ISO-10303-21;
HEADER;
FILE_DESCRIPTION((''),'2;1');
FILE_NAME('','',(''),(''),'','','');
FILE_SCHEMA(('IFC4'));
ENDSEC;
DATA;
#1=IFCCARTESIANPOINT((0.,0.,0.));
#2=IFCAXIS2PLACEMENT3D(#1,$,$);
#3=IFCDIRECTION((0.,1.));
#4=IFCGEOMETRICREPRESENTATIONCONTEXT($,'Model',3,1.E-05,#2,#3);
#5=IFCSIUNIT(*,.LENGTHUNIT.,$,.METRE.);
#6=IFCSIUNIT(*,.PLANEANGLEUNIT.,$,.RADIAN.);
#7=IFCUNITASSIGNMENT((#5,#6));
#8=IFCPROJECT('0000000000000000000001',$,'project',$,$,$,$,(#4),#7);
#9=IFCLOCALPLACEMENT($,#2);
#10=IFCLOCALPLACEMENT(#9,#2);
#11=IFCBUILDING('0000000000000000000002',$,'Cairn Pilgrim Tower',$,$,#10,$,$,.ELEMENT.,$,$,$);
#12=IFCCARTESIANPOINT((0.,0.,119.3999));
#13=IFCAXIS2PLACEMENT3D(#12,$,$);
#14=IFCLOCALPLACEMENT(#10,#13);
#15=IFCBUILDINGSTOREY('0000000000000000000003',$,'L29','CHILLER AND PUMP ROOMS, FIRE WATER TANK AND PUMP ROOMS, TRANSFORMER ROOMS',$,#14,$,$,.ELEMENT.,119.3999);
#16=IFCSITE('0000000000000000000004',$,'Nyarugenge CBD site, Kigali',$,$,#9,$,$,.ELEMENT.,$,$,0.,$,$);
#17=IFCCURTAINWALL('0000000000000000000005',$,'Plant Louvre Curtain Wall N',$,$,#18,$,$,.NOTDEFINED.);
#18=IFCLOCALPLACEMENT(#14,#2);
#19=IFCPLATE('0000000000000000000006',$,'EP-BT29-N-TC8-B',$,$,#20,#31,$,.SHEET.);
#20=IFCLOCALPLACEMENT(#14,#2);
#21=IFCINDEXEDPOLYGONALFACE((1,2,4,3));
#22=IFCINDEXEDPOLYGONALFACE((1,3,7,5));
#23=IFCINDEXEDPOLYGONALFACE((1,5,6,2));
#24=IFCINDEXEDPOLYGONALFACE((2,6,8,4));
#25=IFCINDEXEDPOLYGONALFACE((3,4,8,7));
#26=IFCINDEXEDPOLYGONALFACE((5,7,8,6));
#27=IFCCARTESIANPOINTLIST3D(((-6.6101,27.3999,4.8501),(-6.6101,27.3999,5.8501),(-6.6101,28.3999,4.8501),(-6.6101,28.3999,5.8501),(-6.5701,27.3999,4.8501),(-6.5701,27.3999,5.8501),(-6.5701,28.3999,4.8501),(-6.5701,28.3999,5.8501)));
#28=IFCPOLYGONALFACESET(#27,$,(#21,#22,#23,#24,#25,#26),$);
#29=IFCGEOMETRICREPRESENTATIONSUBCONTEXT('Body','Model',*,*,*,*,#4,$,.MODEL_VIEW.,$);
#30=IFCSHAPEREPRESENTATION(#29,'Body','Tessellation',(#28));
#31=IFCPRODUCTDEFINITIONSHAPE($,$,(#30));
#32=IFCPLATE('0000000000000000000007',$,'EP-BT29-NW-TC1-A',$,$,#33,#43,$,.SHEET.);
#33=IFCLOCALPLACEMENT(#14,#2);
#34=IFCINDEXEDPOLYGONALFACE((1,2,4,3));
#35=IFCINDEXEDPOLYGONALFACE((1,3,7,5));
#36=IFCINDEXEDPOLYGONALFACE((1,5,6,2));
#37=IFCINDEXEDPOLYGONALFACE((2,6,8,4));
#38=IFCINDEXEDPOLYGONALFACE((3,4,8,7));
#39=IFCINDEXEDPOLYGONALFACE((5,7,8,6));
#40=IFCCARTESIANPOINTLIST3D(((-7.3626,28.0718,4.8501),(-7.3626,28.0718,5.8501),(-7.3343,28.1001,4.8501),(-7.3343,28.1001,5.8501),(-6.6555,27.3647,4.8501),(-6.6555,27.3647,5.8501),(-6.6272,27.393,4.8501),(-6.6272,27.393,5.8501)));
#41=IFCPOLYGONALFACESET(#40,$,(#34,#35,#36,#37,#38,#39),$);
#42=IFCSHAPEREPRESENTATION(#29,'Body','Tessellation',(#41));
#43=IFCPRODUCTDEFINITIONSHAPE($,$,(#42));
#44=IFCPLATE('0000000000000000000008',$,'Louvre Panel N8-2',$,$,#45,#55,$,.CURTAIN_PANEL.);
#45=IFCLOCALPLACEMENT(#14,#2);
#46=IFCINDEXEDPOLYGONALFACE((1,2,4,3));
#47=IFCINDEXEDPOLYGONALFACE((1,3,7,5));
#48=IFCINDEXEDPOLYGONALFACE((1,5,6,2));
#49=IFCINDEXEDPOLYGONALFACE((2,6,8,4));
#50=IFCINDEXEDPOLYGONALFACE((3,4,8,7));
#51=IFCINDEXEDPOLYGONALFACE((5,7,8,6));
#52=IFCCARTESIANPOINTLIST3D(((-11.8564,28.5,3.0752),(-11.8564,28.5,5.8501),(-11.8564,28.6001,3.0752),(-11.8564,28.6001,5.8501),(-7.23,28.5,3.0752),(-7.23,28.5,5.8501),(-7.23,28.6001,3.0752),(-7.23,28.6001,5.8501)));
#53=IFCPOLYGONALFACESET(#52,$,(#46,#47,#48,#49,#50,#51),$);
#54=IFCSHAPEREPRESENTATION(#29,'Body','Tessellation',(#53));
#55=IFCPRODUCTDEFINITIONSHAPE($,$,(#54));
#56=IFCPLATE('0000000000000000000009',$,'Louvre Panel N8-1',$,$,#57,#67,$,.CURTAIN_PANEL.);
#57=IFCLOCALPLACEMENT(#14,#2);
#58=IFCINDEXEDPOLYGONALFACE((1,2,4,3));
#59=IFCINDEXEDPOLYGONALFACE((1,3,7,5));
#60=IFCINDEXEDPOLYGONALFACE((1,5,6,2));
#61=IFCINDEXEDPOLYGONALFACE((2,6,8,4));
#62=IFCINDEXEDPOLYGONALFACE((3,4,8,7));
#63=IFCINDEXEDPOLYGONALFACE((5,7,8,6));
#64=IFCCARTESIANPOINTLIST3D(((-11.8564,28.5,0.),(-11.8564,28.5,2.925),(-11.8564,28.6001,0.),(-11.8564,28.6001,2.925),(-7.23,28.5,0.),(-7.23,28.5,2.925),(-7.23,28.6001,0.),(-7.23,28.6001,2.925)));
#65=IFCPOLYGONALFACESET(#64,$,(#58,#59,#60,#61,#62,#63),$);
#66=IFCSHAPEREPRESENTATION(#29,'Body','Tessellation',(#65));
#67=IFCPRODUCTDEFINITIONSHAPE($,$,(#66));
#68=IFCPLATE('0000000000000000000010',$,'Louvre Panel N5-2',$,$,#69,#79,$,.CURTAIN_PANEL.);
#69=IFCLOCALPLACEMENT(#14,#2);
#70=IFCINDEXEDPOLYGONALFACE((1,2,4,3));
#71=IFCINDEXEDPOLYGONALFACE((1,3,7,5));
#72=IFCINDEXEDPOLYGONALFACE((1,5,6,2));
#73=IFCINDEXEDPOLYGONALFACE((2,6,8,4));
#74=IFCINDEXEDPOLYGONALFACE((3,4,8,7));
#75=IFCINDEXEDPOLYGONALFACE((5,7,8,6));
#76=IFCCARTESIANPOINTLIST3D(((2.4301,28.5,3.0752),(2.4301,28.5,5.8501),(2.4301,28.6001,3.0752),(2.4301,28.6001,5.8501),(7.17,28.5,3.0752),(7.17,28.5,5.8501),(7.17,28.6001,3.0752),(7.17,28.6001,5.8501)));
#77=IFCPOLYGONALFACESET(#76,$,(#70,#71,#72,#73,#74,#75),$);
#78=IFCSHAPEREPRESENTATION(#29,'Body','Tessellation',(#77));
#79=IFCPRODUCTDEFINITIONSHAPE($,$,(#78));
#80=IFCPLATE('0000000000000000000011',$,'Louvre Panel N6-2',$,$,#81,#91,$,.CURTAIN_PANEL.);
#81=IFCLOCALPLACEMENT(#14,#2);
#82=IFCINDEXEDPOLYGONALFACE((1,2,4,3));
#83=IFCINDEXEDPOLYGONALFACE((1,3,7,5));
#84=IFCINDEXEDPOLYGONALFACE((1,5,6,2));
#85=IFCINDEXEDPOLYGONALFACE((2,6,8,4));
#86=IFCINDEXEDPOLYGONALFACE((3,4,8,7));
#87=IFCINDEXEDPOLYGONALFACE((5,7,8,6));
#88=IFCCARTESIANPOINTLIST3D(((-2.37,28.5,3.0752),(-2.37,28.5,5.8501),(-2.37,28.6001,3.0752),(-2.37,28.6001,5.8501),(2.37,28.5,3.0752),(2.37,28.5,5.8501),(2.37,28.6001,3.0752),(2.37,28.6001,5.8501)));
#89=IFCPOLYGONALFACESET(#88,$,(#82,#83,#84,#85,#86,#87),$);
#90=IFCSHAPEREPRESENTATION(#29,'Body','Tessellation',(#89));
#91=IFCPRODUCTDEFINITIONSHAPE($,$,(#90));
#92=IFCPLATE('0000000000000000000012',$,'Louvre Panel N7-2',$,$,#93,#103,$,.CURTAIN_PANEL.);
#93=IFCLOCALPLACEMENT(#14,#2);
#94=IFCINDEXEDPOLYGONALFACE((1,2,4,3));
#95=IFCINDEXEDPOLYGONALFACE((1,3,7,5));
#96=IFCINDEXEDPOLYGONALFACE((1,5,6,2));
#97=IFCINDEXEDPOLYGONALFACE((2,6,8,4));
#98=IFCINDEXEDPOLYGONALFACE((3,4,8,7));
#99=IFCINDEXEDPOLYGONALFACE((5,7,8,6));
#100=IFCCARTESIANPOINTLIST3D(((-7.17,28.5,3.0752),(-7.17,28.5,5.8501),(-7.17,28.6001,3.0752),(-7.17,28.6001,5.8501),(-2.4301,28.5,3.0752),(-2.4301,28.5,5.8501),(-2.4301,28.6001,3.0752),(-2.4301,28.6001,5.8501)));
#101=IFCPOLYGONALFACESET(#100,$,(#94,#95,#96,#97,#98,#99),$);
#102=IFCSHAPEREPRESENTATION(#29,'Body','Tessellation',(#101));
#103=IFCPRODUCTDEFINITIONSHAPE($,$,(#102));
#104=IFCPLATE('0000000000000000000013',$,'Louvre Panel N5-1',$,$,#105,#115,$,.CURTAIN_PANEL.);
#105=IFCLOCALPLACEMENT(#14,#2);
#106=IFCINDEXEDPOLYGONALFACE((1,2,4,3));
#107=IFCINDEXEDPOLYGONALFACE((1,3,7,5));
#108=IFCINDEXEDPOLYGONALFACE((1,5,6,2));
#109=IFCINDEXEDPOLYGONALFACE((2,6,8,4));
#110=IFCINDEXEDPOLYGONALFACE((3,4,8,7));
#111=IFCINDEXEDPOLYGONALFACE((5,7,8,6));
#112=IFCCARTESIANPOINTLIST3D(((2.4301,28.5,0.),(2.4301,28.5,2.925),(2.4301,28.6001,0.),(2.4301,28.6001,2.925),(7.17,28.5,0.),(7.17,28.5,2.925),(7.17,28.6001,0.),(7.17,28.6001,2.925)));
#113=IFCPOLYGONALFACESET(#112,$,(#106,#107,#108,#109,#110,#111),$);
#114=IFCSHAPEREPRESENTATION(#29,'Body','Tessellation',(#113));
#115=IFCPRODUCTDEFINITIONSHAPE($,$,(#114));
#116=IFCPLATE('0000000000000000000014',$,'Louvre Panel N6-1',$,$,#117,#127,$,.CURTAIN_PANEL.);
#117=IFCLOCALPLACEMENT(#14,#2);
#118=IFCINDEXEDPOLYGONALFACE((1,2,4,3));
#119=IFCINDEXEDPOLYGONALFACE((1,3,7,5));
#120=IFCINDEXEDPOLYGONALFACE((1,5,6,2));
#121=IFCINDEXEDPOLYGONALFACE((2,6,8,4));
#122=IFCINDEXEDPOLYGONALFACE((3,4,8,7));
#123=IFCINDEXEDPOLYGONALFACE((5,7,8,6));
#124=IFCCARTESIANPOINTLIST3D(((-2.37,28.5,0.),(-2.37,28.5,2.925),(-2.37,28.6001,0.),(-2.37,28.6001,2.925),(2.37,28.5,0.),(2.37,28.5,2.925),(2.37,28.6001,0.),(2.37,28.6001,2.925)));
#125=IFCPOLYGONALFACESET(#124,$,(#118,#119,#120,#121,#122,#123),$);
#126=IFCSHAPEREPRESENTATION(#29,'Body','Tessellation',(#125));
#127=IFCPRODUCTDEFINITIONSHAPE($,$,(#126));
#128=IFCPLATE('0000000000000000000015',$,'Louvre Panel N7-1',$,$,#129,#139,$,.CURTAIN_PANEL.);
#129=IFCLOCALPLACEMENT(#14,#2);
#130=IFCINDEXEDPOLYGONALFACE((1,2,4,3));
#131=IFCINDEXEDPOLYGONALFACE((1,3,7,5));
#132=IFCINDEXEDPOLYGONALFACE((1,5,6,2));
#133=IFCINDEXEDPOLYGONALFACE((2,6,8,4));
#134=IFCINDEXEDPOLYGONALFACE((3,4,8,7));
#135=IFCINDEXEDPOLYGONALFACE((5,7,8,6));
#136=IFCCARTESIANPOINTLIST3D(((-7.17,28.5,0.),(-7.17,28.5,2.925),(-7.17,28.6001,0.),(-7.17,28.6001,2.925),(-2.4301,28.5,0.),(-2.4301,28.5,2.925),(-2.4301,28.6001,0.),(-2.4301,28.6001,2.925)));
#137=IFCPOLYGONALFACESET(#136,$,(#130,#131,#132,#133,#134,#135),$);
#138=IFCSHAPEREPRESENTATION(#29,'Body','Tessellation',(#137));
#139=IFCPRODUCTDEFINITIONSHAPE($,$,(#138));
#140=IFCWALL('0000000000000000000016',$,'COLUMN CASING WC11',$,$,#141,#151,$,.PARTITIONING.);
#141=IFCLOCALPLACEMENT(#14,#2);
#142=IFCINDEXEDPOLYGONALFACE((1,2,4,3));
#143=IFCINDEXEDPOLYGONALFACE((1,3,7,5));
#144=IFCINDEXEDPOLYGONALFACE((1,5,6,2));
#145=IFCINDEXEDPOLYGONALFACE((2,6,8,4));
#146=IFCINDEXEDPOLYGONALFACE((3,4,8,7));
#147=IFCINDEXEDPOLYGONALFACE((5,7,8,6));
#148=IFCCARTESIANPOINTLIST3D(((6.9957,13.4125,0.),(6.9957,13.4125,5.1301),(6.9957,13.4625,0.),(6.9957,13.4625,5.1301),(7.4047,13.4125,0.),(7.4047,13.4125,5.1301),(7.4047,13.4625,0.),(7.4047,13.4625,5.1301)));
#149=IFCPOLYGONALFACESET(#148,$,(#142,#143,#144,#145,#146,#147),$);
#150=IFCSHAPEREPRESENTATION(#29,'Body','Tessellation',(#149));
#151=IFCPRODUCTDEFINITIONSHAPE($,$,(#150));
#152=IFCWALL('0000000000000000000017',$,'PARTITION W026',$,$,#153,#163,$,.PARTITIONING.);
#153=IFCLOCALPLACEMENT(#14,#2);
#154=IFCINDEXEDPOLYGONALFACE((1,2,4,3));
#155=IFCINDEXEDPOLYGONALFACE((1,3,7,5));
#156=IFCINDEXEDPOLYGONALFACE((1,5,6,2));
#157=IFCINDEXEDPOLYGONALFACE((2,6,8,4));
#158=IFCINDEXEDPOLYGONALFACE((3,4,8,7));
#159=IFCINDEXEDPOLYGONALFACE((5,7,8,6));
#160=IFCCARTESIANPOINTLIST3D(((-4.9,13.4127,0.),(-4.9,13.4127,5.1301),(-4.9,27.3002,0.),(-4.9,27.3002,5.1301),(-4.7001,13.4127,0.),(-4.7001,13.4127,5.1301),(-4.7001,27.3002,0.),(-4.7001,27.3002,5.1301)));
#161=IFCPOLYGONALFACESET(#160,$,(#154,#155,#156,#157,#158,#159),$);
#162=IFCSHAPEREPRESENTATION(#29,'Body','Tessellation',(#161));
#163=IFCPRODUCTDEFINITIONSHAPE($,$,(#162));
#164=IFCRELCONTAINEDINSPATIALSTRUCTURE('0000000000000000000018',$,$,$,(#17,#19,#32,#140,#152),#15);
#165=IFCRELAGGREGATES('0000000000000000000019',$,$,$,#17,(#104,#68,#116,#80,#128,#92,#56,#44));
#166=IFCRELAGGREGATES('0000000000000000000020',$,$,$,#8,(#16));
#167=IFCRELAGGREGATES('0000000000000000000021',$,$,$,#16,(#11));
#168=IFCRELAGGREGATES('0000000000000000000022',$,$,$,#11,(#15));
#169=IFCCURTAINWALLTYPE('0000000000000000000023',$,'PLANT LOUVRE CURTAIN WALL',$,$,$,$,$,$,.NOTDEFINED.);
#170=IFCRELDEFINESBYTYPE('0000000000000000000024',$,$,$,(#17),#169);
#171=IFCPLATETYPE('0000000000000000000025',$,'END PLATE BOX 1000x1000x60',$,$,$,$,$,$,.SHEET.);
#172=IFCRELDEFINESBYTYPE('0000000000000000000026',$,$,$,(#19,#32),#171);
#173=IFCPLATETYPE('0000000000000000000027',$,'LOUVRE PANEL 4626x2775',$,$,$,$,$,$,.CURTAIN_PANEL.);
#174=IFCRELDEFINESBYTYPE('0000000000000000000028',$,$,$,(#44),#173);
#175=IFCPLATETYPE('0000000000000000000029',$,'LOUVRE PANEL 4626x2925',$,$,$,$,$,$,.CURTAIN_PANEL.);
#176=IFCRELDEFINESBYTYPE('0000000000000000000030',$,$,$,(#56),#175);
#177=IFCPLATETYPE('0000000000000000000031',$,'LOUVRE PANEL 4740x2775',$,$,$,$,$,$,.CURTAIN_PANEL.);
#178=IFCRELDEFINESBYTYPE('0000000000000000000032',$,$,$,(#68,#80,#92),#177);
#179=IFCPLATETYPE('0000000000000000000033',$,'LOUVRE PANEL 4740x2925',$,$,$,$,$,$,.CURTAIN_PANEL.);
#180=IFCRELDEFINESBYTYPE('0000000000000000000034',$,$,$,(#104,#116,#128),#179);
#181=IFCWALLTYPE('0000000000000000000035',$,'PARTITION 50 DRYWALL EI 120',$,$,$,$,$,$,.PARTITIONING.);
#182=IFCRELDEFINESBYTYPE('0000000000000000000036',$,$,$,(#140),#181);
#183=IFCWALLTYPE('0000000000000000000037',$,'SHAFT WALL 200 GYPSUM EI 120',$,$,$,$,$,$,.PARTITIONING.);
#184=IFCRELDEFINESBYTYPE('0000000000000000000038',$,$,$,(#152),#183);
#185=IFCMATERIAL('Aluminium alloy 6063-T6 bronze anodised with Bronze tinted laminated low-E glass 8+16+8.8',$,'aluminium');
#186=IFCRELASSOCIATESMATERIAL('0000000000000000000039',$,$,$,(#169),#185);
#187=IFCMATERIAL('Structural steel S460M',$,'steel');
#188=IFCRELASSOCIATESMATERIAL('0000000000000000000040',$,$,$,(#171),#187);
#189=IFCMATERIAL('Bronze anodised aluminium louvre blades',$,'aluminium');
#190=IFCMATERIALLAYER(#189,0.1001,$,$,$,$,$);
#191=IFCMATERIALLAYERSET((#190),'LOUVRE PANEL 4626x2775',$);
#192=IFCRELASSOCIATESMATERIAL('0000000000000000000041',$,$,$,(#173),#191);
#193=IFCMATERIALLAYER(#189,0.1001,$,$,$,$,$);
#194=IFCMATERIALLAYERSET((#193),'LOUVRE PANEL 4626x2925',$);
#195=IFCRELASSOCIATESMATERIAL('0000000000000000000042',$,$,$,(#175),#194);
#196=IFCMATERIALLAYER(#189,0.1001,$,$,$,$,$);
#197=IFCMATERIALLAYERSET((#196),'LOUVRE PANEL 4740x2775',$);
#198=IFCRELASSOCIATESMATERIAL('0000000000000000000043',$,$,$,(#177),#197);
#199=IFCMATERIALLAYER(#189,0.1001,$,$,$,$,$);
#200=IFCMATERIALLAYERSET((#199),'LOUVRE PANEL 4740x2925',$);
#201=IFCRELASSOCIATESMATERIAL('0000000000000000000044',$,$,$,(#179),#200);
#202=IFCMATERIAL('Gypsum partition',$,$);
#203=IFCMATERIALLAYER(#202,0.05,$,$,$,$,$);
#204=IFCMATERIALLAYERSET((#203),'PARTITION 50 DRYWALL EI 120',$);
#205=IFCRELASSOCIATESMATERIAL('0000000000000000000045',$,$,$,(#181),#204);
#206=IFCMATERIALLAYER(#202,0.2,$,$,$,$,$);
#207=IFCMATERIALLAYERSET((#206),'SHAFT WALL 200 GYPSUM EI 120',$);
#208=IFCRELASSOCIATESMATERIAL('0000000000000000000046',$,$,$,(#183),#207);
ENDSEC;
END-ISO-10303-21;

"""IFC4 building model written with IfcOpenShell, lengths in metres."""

from ifc_helpers import new_model, si_unit, direction, frame, frame_2d, origin, origin_2d, place, context, subcontext, project, spatial, rectangle, extrude, material, layer, layer_set, material_profile, profile_set, type_object, element, aggregate, save


model = new_model("IFC4")

# Units and contexts
model_context = context("Model", 3, precision=1e-05, world=origin(), true_north=direction((0.0, 1.0)))
body_context = subcontext(model_context, "Body", "Model", "MODEL_VIEW")
ifc_project = project(units=[si_unit("LENGTHUNIT", "METRE"), si_unit("PLANEANGLEUNIT", "RADIAN")], contexts=[model_context])

# Site, building, storey
site_placement = place(None, origin())
site = spatial("IfcSite", under=ifc_project, at=site_placement, Name="Nyarugenge CBD site, Kigali", CompositionType="ELEMENT", RefElevation=0.0)
building_placement = place(site_placement, origin())
building = spatial("IfcBuilding", under=site, at=building_placement, Name="Cairn Pilgrim Tower", CompositionType="ELEMENT")
storey_placement = place(building_placement, frame((0.0, 0.0, 119.3999)))
storey = spatial("IfcBuildingStorey", under=building, at=storey_placement, Name="L29", Description="CHILLER AND PUMP ROOMS, FIRE WATER TANK AND PUMP ROOMS, TRANSFORMER ROOMS", CompositionType="ELEMENT", Elevation=119.3999)

# Shared definitions
ifc_material_1 = material(Name="Structural steel S460M", Category="steel")

# Curtain wall
ifc_material_2 = material(Name="Aluminium alloy 6063-T6 bronze anodised with Bronze tinted laminated low-E glass 8+16+8.8", Category="aluminium")
curtain_wall_type = type_object("IfcCurtainWallType", Name="PLANT LOUVRE CURTAIN WALL", PredefinedType="NOTDEFINED", material=ifc_material_2)
curtain_wall_placement = place(storey_placement, origin())
curtain_wall = element("IfcCurtainWall", 1, at=curtain_wall_placement, inside=storey, type_object=curtain_wall_type, Name="Plant Louvre Curtain Wall N", PredefinedType="NOTDEFINED")

# Plates
ifc_material_profile_1 = material_profile(ifc_material_1, rectangle(XDim=1.0, YDim=1.0, at=origin_2d()), Name="END PLATE BOX 1000x1000x60")
ifc_profile_set_1 = profile_set([ifc_material_profile_1], Name="Structural steel S460M")
plate_type_1 = type_object("IfcPlateType", Name="END PLATE BOX 1000x1000x60", PredefinedType="SHEET", material=ifc_profile_set_1)
for number, where, z_axis, x_axis, name in (
    (2, (-6.5701, 27.8999, 5.3501), (-1.0, 0.0, 0.0), (0.0, -1.0, 0.0), "EP-BT29-N-TC8-B"),
    (3, (-7.009, 27.7183, 5.3501), (0.707107, 0.707107, 0.0), (-0.707107, 0.707107, 0.0), "EP-BT29-NW-TC1-A"),
):
    element("IfcPlate", number, at=place(storey_placement, frame(where, z_axis=z_axis, x_axis=x_axis)), inside=storey, type_object=plate_type_1, Name=name, PredefinedType="SHEET", context=body_context, shape_type="SweptSolid", body=[
        extrude(rectangle(XDim=1.0, YDim=1.0, at=origin_2d()), origin(), (0.0, 0.0, 1.0), 0.04),
    ])

# Plates
ifc_material_3 = material(Name="Bronze anodised aluminium louvre blades", Category="aluminium")
ifc_layer_1 = layer(ifc_material_3, 0.1001)
ifc_layer_set_1 = layer_set([ifc_layer_1], Name="LOUVRE PANEL 4626x2775")
plate_type_2 = type_object("IfcPlateType", Name="LOUVRE PANEL 4626x2775", PredefinedType="CURTAIN_PANEL", material=ifc_layer_set_1)
plate_1_placement = place(storey_placement, frame((-9.5432, 28.55, 3.0752), z_axis=(0.0, 0.0, 1.0), x_axis=(-1.0, 0.0, 0.0)))
plate_1 = element("IfcPlate", 4, at=plate_1_placement, type_object=plate_type_2, Name="Louvre Panel N8-2", PredefinedType="CURTAIN_PANEL", context=body_context, shape_type="SweptSolid", body=[
    extrude(rectangle(XDim=4.6265, YDim=0.1001, at=origin_2d()), origin(), (0.0, 0.0, 1.0), 2.7749),
])
ifc_layer_2 = layer(ifc_material_3, 0.1001)
ifc_layer_set_2 = layer_set([ifc_layer_2], Name="LOUVRE PANEL 4626x2925")
plate_type_3 = type_object("IfcPlateType", Name="LOUVRE PANEL 4626x2925", PredefinedType="CURTAIN_PANEL", material=ifc_layer_set_2)
plate_2_placement = place(storey_placement, frame((-9.5432, 28.55, 0.0), z_axis=(0.0, 0.0, 1.0), x_axis=(-1.0, 0.0, 0.0)))
plate_2 = element("IfcPlate", 5, at=plate_2_placement, type_object=plate_type_3, Name="Louvre Panel N8-1", PredefinedType="CURTAIN_PANEL", context=body_context, shape_type="SweptSolid", body=[
    extrude(rectangle(XDim=4.6265, YDim=0.1001, at=origin_2d()), origin(), (0.0, 0.0, 1.0), 2.925),
])
ifc_layer_3 = layer(ifc_material_3, 0.1001)
ifc_layer_set_3 = layer_set([ifc_layer_3], Name="LOUVRE PANEL 4740x2775")
plate_type_4 = type_object("IfcPlateType", Name="LOUVRE PANEL 4740x2775", PredefinedType="CURTAIN_PANEL", material=ifc_layer_set_3)
plate_3_placement = place(storey_placement, frame((4.8, 28.55, 3.0752), z_axis=(0.0, 0.0, 1.0), x_axis=(-1.0, 0.0, 0.0)))
plate_3 = element("IfcPlate", 6, at=plate_3_placement, type_object=plate_type_4, Name="Louvre Panel N5-2", PredefinedType="CURTAIN_PANEL", context=body_context, shape_type="SweptSolid", body=[
    extrude(rectangle(XDim=4.74, YDim=0.1001, at=origin_2d()), origin(), (0.0, 0.0, 1.0), 2.7749),
])
plate_4_placement = place(storey_placement, frame((0.0, 28.55, 3.0752), z_axis=(0.0, 0.0, 1.0), x_axis=(-1.0, 0.0, 0.0)))
plate_4 = element("IfcPlate", 7, at=plate_4_placement, type_object=plate_type_4, Name="Louvre Panel N6-2", PredefinedType="CURTAIN_PANEL", context=body_context, shape_type="SweptSolid", body=[
    extrude(rectangle(XDim=4.74, YDim=0.1001, at=origin_2d()), origin(), (0.0, 0.0, 1.0), 2.7749),
])
plate_5_placement = place(storey_placement, frame((-4.8, 28.55, 3.0752), z_axis=(0.0, 0.0, 1.0), x_axis=(-1.0, 0.0, 0.0)))
plate_5 = element("IfcPlate", 8, at=plate_5_placement, type_object=plate_type_4, Name="Louvre Panel N7-2", PredefinedType="CURTAIN_PANEL", context=body_context, shape_type="SweptSolid", body=[
    extrude(rectangle(XDim=4.74, YDim=0.1001, at=origin_2d()), origin(), (0.0, 0.0, 1.0), 2.7749),
])
ifc_layer_4 = layer(ifc_material_3, 0.1001)
ifc_layer_set_4 = layer_set([ifc_layer_4], Name="LOUVRE PANEL 4740x2925")
plate_type_5 = type_object("IfcPlateType", Name="LOUVRE PANEL 4740x2925", PredefinedType="CURTAIN_PANEL", material=ifc_layer_set_4)
plate_6_placement = place(storey_placement, frame((4.8, 28.55, 0.0), z_axis=(0.0, 0.0, 1.0), x_axis=(-1.0, 0.0, 0.0)))
plate_6 = element("IfcPlate", 9, at=plate_6_placement, type_object=plate_type_5, Name="Louvre Panel N5-1", PredefinedType="CURTAIN_PANEL", context=body_context, shape_type="SweptSolid", body=[
    extrude(rectangle(XDim=4.74, YDim=0.1001, at=origin_2d()), origin(), (0.0, 0.0, 1.0), 2.925),
])
plate_7_placement = place(storey_placement, frame((0.0, 28.55, 0.0), z_axis=(0.0, 0.0, 1.0), x_axis=(-1.0, 0.0, 0.0)))
plate_7 = element("IfcPlate", 10, at=plate_7_placement, type_object=plate_type_5, Name="Louvre Panel N6-1", PredefinedType="CURTAIN_PANEL", context=body_context, shape_type="SweptSolid", body=[
    extrude(rectangle(XDim=4.74, YDim=0.1001, at=origin_2d()), origin(), (0.0, 0.0, 1.0), 2.925),
])
plate_8_placement = place(storey_placement, frame((-4.8, 28.55, 0.0), z_axis=(0.0, 0.0, 1.0), x_axis=(-1.0, 0.0, 0.0)))
plate_8 = element("IfcPlate", 11, at=plate_8_placement, type_object=plate_type_5, Name="Louvre Panel N7-1", PredefinedType="CURTAIN_PANEL", context=body_context, shape_type="SweptSolid", body=[
    extrude(rectangle(XDim=4.74, YDim=0.1001, at=origin_2d()), origin(), (0.0, 0.0, 1.0), 2.925),
])
aggregate(curtain_wall, [plate_6, plate_3, plate_7, plate_4, plate_8, plate_5, plate_2, plate_1])

# Walls
ifc_material_4 = material(Name="Gypsum partition")
ifc_layer_5 = layer(ifc_material_4, 0.05)
ifc_layer_set_5 = layer_set([ifc_layer_5], Name="PARTITION 50 DRYWALL EI 120")
wall_type_1 = type_object("IfcWallType", Name="PARTITION 50 DRYWALL EI 120", PredefinedType="PARTITIONING", material=ifc_layer_set_5)
wall_1_placement = place(storey_placement, frame((6.9956, 13.4375, 0.0), z_axis=(0.0, 0.0, 1.0), x_axis=(1.0, 0.0, 0.0)))
element("IfcWall", 12, at=wall_1_placement, inside=storey, type_object=wall_type_1, Name="COLUMN CASING WC11", PredefinedType="PARTITIONING", context=body_context, shape_type="SweptSolid", body=[
    extrude(rectangle(XDim=0.4089, YDim=0.05, at=frame_2d((0.2046, 0.0))), origin(), (0.0, 0.0, 1.0), 5.1301),
])
ifc_layer_6 = layer(ifc_material_4, 0.2)
ifc_layer_set_6 = layer_set([ifc_layer_6], Name="SHAFT WALL 200 GYPSUM EI 120")
wall_type_2 = type_object("IfcWallType", Name="SHAFT WALL 200 GYPSUM EI 120", PredefinedType="PARTITIONING", material=ifc_layer_set_6)
wall_2_placement = place(storey_placement, frame((-4.8, 13.4126, 0.0), z_axis=(0.0, 0.0, 1.0), x_axis=(0.0, 1.0, 0.0)))
element("IfcWall", 13, at=wall_2_placement, inside=storey, type_object=wall_type_2, Name="PARTITION W026", PredefinedType="PARTITIONING", context=body_context, shape_type="SweptSolid", body=[
    extrude(rectangle(XDim=13.8875, YDim=0.2, at=frame_2d((6.9438, 0.0))), origin(), (0.0, 0.0, 1.0), 5.1301),
])

save(model, "model.ifc")
